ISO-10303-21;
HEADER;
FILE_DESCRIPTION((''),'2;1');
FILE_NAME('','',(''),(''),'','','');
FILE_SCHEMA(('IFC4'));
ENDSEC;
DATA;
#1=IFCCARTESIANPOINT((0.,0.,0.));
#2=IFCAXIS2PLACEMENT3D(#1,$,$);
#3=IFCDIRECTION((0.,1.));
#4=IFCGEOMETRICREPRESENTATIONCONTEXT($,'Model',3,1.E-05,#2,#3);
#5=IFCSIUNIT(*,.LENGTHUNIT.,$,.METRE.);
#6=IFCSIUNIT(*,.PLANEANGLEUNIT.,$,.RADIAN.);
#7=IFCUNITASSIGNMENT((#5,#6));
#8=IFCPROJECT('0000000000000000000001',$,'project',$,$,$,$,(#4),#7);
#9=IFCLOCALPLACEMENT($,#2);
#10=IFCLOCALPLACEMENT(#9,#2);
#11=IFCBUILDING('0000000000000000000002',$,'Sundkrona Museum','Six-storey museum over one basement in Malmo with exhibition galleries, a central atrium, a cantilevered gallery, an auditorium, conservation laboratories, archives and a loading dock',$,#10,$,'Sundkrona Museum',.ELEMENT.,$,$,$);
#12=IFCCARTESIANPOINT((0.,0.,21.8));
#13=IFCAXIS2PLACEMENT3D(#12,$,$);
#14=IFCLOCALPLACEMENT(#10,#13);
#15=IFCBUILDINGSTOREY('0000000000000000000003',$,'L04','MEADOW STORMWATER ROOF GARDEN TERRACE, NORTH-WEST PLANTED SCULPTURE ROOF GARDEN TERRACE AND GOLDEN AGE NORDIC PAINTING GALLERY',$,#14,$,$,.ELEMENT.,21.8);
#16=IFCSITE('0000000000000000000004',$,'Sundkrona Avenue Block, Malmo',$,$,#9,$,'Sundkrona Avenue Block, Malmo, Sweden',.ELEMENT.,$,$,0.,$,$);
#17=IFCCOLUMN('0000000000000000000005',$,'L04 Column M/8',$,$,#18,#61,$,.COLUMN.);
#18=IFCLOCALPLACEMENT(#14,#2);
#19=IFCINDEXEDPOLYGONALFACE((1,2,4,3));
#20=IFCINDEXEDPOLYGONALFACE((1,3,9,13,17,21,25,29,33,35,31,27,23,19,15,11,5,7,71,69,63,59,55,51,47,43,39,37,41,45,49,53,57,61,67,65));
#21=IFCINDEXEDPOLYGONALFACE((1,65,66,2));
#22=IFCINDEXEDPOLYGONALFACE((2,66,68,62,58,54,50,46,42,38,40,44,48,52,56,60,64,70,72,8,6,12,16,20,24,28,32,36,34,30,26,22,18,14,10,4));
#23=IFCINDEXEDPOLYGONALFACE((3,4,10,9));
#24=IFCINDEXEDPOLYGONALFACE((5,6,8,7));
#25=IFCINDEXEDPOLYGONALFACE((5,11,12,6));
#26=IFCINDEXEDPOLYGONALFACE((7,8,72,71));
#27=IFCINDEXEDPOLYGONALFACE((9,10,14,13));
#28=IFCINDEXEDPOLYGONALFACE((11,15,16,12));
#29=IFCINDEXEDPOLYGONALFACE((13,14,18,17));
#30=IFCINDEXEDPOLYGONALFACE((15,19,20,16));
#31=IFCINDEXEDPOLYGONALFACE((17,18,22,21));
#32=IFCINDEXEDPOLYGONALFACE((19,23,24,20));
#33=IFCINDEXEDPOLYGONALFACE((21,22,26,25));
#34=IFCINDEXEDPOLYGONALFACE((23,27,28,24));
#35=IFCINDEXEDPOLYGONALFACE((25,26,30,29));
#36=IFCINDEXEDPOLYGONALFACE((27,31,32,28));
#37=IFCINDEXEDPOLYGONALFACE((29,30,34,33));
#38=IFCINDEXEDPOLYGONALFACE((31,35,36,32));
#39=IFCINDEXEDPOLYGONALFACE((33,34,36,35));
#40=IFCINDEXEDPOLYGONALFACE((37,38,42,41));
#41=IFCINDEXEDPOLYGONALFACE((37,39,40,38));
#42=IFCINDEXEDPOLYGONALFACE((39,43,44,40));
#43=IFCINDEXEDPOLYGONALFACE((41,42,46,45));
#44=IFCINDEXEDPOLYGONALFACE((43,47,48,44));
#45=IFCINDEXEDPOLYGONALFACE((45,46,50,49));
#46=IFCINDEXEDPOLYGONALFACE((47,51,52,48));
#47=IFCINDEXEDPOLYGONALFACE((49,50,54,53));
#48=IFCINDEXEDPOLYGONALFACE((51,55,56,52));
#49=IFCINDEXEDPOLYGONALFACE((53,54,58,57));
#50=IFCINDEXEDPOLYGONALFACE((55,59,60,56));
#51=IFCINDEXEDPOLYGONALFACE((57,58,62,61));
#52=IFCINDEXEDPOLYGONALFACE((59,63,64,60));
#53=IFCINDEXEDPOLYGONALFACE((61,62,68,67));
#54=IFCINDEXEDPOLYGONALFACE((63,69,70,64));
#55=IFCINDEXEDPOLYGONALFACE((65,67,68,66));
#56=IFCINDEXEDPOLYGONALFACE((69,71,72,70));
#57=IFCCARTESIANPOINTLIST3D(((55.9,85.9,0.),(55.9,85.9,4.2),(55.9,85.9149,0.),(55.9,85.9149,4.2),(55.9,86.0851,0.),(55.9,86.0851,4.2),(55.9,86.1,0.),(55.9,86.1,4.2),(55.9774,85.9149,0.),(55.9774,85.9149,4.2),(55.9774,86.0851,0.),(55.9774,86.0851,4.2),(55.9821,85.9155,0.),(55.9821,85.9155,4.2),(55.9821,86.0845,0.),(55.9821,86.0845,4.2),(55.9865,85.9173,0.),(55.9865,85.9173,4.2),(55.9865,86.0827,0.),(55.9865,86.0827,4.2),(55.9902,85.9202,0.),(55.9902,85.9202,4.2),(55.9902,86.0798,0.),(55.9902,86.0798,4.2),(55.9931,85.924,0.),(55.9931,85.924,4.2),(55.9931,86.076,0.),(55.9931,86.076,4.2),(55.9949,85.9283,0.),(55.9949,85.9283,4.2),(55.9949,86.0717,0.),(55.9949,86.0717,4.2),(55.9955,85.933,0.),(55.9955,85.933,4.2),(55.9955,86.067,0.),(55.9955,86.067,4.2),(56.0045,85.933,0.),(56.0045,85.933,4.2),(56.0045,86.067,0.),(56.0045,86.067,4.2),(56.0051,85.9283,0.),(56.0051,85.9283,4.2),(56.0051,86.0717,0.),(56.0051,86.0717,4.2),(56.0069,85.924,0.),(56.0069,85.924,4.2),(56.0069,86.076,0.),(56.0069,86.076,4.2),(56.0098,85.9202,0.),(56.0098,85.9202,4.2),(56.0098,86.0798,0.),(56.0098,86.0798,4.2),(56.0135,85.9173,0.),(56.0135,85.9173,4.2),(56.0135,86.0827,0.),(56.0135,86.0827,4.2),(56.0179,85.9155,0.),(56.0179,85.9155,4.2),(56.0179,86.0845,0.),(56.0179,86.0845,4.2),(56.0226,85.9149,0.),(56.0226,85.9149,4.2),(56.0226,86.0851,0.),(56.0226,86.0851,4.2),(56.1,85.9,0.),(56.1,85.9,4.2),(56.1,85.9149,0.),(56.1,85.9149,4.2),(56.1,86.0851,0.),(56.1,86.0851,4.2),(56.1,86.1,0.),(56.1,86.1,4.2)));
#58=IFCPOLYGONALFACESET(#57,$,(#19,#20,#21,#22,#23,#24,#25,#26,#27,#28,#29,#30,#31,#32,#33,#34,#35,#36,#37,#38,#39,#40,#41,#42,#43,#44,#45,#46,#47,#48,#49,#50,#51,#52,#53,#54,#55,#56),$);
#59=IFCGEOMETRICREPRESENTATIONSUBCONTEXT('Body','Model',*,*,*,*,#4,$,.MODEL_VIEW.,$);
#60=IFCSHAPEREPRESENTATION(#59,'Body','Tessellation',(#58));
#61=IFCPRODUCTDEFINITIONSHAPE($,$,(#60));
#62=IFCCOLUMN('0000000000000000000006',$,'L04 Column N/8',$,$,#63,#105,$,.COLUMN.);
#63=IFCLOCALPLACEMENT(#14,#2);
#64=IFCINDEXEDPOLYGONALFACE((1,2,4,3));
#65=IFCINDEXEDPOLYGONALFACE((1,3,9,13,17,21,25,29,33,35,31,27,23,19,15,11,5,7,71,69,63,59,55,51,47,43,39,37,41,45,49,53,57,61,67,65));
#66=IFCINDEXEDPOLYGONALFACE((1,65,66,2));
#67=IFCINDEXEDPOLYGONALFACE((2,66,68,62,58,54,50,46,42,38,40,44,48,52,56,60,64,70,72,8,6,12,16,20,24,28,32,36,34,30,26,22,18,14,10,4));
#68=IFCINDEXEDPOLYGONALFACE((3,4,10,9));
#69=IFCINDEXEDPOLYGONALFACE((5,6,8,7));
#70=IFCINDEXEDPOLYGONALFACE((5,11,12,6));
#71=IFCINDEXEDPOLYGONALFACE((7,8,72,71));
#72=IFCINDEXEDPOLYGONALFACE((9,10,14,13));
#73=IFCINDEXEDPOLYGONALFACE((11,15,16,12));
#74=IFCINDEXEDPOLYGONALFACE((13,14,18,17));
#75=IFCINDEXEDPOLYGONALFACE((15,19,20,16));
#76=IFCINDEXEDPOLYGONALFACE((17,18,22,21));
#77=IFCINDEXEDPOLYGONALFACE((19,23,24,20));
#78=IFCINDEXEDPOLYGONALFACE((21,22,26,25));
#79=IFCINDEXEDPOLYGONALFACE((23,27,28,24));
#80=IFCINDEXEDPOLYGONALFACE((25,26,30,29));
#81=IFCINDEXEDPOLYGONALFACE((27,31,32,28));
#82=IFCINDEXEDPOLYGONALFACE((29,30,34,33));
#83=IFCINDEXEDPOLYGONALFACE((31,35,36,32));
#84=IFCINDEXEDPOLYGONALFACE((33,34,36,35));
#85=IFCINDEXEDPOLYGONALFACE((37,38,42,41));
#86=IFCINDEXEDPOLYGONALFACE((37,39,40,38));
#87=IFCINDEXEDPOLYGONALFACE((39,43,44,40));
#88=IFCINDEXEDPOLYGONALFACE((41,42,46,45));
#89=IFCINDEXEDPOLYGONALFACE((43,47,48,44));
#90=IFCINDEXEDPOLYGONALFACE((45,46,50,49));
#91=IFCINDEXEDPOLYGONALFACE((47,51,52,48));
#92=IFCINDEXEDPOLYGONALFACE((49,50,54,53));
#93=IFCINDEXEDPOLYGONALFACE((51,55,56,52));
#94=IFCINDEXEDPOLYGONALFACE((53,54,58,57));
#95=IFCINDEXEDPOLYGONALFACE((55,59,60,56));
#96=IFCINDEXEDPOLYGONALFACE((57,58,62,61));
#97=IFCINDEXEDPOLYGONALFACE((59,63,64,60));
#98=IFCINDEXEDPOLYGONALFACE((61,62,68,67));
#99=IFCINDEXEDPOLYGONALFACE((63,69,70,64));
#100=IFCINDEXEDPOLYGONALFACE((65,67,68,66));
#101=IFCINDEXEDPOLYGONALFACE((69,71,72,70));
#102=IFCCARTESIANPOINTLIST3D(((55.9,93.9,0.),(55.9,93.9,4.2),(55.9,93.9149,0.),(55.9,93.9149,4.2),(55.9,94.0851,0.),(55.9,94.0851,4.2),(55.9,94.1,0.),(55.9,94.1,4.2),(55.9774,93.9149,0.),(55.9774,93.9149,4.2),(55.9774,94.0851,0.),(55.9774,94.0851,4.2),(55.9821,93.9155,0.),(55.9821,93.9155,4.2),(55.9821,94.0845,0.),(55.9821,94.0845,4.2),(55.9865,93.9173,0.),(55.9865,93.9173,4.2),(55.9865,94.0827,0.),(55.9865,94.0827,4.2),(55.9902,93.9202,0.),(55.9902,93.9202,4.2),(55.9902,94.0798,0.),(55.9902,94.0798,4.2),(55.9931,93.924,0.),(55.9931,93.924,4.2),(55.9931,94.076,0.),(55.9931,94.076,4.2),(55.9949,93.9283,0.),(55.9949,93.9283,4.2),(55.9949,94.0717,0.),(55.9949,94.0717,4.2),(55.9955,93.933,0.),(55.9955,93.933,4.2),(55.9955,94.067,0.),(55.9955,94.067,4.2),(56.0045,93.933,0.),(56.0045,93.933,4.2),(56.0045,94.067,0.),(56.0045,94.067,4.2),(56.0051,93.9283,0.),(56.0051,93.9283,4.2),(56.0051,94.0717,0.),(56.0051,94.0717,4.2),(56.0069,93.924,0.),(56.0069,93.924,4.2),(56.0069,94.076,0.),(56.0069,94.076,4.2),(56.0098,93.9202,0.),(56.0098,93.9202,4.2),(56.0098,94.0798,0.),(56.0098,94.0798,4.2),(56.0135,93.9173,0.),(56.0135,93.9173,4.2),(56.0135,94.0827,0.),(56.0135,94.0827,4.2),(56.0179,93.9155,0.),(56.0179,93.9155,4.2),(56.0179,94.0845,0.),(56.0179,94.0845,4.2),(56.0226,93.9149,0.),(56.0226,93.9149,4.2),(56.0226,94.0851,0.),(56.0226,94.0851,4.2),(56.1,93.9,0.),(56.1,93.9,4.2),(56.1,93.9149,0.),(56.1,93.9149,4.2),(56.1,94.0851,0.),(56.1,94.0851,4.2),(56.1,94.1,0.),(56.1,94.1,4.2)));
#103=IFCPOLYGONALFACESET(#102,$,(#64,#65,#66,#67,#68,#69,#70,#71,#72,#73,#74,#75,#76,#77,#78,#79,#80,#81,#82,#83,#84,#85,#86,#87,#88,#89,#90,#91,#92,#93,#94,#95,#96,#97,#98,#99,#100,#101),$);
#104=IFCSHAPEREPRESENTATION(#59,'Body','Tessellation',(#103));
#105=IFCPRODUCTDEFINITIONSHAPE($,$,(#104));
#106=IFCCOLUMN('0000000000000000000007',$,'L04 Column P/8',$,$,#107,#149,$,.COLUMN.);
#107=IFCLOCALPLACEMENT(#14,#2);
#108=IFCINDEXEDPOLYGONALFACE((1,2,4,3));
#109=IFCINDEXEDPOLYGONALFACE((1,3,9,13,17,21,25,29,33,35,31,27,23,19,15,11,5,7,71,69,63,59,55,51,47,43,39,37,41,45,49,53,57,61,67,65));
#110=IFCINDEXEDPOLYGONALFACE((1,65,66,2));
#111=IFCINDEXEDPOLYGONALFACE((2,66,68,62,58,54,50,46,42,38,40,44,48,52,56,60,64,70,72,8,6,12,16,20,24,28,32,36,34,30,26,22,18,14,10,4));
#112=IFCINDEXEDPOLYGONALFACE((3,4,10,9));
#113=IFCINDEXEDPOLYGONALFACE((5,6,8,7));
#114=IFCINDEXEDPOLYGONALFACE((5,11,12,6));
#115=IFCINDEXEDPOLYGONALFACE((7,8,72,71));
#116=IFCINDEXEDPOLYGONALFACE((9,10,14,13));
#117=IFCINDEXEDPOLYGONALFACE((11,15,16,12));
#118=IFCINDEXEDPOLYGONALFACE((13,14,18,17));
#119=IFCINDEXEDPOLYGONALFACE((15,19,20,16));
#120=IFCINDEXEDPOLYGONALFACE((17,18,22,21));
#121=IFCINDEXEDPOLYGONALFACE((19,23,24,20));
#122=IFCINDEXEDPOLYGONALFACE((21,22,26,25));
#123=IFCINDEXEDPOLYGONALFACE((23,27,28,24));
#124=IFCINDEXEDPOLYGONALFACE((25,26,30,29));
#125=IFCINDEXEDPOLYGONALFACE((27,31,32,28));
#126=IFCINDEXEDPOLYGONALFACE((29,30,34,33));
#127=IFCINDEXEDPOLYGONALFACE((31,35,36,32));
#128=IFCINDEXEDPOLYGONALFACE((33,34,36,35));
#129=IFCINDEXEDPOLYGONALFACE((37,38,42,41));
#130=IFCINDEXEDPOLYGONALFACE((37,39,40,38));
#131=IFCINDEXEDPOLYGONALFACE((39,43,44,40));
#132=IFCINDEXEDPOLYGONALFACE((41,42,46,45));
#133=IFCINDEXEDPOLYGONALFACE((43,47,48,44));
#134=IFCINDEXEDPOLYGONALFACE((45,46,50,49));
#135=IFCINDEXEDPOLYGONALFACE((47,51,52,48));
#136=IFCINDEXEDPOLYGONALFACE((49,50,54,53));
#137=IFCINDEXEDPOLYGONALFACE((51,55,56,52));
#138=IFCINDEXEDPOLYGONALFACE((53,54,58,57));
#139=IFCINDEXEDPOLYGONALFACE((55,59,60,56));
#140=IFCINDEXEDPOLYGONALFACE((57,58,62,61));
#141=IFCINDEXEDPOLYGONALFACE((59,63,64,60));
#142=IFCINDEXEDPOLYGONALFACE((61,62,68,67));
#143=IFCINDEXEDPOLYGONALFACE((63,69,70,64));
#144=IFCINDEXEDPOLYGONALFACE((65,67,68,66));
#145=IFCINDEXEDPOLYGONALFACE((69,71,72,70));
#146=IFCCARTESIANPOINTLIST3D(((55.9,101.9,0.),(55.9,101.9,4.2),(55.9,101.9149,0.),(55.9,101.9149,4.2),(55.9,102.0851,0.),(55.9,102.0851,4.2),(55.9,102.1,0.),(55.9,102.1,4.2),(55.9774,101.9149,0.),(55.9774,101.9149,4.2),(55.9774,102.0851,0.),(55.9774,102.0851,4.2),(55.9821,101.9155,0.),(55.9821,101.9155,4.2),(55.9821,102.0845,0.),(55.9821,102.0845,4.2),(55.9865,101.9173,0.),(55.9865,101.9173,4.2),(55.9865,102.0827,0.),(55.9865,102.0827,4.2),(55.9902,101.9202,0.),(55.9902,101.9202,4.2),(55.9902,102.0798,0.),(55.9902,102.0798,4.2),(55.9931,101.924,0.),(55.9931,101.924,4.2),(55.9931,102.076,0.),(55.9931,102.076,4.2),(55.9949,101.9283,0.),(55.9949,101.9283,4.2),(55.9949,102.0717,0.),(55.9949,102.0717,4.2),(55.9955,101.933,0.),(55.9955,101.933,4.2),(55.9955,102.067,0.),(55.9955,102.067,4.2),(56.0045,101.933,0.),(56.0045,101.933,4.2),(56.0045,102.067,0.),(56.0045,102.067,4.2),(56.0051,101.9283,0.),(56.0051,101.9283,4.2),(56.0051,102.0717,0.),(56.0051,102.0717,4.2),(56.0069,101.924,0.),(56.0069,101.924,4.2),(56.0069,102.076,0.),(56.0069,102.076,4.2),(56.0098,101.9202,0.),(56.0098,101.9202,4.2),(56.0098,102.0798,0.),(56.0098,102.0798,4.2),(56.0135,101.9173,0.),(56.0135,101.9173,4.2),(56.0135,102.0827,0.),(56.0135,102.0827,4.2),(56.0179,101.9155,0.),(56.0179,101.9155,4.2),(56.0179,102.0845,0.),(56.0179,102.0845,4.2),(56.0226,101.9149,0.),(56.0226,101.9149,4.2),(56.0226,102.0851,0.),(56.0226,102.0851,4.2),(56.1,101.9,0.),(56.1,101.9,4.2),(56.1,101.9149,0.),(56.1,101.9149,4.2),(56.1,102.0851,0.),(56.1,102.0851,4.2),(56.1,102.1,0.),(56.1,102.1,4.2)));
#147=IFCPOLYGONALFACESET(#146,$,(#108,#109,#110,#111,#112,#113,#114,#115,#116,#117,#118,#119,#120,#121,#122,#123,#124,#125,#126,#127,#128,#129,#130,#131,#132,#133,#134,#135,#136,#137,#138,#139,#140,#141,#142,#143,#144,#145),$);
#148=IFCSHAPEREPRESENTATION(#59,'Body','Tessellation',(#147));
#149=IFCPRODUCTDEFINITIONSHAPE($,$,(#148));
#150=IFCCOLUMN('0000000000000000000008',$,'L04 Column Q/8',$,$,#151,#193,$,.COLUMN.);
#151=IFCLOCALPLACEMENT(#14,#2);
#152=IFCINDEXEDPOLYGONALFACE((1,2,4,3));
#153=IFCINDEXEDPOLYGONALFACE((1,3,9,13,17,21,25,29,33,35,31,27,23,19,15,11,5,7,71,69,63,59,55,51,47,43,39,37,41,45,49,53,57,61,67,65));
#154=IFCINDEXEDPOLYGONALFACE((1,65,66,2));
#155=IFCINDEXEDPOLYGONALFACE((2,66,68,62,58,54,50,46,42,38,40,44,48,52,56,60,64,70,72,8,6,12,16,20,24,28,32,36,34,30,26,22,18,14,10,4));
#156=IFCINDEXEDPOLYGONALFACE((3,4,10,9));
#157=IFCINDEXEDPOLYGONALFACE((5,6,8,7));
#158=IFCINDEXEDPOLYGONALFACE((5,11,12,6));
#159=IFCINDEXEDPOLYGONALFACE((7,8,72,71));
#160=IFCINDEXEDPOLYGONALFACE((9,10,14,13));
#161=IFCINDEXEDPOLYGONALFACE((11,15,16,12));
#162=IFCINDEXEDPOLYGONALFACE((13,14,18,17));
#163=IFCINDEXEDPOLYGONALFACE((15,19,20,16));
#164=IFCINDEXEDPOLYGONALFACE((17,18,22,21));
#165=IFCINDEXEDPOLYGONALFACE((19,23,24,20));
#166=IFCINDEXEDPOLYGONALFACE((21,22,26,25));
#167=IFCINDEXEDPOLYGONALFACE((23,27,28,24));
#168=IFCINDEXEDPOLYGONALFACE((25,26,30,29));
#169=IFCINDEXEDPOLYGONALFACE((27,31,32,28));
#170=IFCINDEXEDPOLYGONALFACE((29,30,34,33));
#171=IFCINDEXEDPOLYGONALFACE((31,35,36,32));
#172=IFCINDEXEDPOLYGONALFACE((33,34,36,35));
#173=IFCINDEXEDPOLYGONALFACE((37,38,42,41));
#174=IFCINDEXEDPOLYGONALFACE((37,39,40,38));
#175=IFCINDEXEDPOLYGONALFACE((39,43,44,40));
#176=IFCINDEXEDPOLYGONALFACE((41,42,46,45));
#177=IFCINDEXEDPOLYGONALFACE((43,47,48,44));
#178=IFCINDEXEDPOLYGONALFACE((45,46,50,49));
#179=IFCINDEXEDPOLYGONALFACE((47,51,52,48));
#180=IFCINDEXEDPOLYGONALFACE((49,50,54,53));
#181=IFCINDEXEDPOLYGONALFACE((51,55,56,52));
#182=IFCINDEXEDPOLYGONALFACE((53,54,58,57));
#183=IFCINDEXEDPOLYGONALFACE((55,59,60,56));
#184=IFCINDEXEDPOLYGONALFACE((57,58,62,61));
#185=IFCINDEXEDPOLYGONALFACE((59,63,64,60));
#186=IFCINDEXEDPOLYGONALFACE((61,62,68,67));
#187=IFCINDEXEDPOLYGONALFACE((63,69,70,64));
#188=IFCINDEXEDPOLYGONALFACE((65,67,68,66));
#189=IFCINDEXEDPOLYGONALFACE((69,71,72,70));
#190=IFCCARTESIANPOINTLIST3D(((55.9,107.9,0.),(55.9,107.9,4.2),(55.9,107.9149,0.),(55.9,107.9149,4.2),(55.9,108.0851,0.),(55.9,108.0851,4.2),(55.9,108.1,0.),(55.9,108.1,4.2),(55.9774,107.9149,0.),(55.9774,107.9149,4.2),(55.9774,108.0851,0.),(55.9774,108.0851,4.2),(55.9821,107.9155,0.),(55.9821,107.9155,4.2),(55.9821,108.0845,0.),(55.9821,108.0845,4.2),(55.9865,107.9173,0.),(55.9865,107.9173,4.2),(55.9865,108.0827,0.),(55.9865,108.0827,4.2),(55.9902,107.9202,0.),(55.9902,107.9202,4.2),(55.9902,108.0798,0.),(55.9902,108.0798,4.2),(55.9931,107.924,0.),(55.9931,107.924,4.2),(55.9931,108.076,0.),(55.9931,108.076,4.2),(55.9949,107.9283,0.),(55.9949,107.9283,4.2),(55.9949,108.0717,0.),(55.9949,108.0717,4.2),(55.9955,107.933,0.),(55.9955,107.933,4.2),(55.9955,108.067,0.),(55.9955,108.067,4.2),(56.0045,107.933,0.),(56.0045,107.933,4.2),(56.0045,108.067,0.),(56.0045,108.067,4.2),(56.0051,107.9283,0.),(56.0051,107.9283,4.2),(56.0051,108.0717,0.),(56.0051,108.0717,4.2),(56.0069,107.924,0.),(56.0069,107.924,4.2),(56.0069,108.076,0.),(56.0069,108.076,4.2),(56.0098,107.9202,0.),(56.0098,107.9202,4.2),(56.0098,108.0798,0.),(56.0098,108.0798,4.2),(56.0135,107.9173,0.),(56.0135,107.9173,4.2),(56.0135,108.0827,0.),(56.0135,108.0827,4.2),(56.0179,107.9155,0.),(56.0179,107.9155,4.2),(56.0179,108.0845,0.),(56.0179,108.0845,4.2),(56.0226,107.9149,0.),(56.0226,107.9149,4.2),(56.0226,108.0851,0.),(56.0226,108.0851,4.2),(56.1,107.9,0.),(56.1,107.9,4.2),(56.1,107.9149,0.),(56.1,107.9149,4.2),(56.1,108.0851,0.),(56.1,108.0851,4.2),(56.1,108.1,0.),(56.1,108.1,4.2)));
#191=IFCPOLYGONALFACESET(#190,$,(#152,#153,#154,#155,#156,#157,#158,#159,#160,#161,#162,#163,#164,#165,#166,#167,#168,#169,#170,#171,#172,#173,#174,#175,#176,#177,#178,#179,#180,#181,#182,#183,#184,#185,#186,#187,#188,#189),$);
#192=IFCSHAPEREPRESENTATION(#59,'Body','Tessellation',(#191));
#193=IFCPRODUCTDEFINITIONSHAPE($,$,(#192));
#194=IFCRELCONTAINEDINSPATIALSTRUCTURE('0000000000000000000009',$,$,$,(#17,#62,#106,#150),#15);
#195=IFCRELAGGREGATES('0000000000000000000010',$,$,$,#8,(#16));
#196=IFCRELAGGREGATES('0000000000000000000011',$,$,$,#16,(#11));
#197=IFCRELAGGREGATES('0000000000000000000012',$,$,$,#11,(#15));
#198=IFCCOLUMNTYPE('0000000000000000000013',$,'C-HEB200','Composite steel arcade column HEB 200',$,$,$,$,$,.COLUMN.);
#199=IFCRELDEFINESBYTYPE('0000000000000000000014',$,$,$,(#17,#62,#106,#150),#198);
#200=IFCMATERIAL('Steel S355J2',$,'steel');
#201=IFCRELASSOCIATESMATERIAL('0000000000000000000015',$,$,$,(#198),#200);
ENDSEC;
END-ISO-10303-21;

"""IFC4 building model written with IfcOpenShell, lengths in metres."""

from ifc_helpers import new_model, si_unit, direction, frame, origin, origin_2d, place, context, subcontext, project, spatial, i_section, extrude, material, material_profile, profile_set, type_object, element, save


model = new_model("IFC4")

# Units and contexts
model_context = context("Model", 3, precision=1e-05, world=origin(), true_north=direction((0.0, 1.0)))
body_context = subcontext(model_context, "Body", "Model", "MODEL_VIEW")
ifc_project = project(units=[si_unit("LENGTHUNIT", "METRE"), si_unit("PLANEANGLEUNIT", "RADIAN")], contexts=[model_context])

# Site, building, storey
site_placement = place(None, origin())
site = spatial("IfcSite", under=ifc_project, at=site_placement, Name="Sundkrona Avenue Block, Malmo", LongName="Sundkrona Avenue Block, Malmo, Sweden", CompositionType="ELEMENT", RefElevation=0.0)
building_placement = place(site_placement, origin())
building = spatial("IfcBuilding", under=site, at=building_placement, Name="Sundkrona Museum", Description="Six-storey museum over one basement in Malmo with exhibition galleries, a central atrium, a cantilevered gallery, an auditorium, conservation laboratories, archives and a loading dock", LongName="Sundkrona Museum", CompositionType="ELEMENT")
storey_placement = place(building_placement, frame((0.0, 0.0, 21.8)))
storey = spatial("IfcBuildingStorey", under=building, at=storey_placement, Name="L04", Description="MEADOW STORMWATER ROOF GARDEN TERRACE, NORTH-WEST PLANTED SCULPTURE ROOF GARDEN TERRACE AND GOLDEN AGE NORDIC PAINTING GALLERY", CompositionType="ELEMENT", Elevation=21.8)

# Columns
ifc_material_1 = material(Name="Steel S355J2", Category="steel")
ifc_material_profile = material_profile(ifc_material_1, i_section(OverallWidth=0.2, OverallDepth=0.2, WebThickness=0.009, FlangeThickness=0.0149, FilletRadius=0.0181, at=origin_2d()), Name="HEB 200")
ifc_profile_set = profile_set([ifc_material_profile], Name="Steel S355J2")
column_type = type_object("IfcColumnType", Name="C-HEB200", Description="Composite steel arcade column HEB 200", PredefinedType="COLUMN", material=ifc_profile_set)
for number, where, z_axis, x_axis, name in (
    (1, (56.0, 86.0, 0.0), (0.0, 0.0, 1.0), (1.0, 0.0, 0.0), "L04 Column M/8"),
    (2, (56.0, 94.0, 0.0), (0.0, 0.0, 1.0), (1.0, 0.0, 0.0), "L04 Column N/8"),
    (3, (56.0, 102.0, 0.0), (0.0, 0.0, 1.0), (1.0, 0.0, 0.0), "L04 Column P/8"),
    (4, (56.0, 108.0, 0.0), (0.0, 0.0, 1.0), (1.0, 0.0, 0.0), "L04 Column Q/8"),
):
    element("IfcColumn", number, at=place(storey_placement, frame(where, z_axis=z_axis, x_axis=x_axis)), inside=storey, type_object=column_type, Name=name, PredefinedType="COLUMN", context=body_context, shape_type="SweptSolid", body=[
        extrude(i_section(OverallWidth=0.2, OverallDepth=0.2, WebThickness=0.009, FlangeThickness=0.0149, FilletRadius=0.0181, at=origin_2d()), origin(), (0.0, 0.0, 1.0), 4.2),
    ])

save(model, "model.ifc")
